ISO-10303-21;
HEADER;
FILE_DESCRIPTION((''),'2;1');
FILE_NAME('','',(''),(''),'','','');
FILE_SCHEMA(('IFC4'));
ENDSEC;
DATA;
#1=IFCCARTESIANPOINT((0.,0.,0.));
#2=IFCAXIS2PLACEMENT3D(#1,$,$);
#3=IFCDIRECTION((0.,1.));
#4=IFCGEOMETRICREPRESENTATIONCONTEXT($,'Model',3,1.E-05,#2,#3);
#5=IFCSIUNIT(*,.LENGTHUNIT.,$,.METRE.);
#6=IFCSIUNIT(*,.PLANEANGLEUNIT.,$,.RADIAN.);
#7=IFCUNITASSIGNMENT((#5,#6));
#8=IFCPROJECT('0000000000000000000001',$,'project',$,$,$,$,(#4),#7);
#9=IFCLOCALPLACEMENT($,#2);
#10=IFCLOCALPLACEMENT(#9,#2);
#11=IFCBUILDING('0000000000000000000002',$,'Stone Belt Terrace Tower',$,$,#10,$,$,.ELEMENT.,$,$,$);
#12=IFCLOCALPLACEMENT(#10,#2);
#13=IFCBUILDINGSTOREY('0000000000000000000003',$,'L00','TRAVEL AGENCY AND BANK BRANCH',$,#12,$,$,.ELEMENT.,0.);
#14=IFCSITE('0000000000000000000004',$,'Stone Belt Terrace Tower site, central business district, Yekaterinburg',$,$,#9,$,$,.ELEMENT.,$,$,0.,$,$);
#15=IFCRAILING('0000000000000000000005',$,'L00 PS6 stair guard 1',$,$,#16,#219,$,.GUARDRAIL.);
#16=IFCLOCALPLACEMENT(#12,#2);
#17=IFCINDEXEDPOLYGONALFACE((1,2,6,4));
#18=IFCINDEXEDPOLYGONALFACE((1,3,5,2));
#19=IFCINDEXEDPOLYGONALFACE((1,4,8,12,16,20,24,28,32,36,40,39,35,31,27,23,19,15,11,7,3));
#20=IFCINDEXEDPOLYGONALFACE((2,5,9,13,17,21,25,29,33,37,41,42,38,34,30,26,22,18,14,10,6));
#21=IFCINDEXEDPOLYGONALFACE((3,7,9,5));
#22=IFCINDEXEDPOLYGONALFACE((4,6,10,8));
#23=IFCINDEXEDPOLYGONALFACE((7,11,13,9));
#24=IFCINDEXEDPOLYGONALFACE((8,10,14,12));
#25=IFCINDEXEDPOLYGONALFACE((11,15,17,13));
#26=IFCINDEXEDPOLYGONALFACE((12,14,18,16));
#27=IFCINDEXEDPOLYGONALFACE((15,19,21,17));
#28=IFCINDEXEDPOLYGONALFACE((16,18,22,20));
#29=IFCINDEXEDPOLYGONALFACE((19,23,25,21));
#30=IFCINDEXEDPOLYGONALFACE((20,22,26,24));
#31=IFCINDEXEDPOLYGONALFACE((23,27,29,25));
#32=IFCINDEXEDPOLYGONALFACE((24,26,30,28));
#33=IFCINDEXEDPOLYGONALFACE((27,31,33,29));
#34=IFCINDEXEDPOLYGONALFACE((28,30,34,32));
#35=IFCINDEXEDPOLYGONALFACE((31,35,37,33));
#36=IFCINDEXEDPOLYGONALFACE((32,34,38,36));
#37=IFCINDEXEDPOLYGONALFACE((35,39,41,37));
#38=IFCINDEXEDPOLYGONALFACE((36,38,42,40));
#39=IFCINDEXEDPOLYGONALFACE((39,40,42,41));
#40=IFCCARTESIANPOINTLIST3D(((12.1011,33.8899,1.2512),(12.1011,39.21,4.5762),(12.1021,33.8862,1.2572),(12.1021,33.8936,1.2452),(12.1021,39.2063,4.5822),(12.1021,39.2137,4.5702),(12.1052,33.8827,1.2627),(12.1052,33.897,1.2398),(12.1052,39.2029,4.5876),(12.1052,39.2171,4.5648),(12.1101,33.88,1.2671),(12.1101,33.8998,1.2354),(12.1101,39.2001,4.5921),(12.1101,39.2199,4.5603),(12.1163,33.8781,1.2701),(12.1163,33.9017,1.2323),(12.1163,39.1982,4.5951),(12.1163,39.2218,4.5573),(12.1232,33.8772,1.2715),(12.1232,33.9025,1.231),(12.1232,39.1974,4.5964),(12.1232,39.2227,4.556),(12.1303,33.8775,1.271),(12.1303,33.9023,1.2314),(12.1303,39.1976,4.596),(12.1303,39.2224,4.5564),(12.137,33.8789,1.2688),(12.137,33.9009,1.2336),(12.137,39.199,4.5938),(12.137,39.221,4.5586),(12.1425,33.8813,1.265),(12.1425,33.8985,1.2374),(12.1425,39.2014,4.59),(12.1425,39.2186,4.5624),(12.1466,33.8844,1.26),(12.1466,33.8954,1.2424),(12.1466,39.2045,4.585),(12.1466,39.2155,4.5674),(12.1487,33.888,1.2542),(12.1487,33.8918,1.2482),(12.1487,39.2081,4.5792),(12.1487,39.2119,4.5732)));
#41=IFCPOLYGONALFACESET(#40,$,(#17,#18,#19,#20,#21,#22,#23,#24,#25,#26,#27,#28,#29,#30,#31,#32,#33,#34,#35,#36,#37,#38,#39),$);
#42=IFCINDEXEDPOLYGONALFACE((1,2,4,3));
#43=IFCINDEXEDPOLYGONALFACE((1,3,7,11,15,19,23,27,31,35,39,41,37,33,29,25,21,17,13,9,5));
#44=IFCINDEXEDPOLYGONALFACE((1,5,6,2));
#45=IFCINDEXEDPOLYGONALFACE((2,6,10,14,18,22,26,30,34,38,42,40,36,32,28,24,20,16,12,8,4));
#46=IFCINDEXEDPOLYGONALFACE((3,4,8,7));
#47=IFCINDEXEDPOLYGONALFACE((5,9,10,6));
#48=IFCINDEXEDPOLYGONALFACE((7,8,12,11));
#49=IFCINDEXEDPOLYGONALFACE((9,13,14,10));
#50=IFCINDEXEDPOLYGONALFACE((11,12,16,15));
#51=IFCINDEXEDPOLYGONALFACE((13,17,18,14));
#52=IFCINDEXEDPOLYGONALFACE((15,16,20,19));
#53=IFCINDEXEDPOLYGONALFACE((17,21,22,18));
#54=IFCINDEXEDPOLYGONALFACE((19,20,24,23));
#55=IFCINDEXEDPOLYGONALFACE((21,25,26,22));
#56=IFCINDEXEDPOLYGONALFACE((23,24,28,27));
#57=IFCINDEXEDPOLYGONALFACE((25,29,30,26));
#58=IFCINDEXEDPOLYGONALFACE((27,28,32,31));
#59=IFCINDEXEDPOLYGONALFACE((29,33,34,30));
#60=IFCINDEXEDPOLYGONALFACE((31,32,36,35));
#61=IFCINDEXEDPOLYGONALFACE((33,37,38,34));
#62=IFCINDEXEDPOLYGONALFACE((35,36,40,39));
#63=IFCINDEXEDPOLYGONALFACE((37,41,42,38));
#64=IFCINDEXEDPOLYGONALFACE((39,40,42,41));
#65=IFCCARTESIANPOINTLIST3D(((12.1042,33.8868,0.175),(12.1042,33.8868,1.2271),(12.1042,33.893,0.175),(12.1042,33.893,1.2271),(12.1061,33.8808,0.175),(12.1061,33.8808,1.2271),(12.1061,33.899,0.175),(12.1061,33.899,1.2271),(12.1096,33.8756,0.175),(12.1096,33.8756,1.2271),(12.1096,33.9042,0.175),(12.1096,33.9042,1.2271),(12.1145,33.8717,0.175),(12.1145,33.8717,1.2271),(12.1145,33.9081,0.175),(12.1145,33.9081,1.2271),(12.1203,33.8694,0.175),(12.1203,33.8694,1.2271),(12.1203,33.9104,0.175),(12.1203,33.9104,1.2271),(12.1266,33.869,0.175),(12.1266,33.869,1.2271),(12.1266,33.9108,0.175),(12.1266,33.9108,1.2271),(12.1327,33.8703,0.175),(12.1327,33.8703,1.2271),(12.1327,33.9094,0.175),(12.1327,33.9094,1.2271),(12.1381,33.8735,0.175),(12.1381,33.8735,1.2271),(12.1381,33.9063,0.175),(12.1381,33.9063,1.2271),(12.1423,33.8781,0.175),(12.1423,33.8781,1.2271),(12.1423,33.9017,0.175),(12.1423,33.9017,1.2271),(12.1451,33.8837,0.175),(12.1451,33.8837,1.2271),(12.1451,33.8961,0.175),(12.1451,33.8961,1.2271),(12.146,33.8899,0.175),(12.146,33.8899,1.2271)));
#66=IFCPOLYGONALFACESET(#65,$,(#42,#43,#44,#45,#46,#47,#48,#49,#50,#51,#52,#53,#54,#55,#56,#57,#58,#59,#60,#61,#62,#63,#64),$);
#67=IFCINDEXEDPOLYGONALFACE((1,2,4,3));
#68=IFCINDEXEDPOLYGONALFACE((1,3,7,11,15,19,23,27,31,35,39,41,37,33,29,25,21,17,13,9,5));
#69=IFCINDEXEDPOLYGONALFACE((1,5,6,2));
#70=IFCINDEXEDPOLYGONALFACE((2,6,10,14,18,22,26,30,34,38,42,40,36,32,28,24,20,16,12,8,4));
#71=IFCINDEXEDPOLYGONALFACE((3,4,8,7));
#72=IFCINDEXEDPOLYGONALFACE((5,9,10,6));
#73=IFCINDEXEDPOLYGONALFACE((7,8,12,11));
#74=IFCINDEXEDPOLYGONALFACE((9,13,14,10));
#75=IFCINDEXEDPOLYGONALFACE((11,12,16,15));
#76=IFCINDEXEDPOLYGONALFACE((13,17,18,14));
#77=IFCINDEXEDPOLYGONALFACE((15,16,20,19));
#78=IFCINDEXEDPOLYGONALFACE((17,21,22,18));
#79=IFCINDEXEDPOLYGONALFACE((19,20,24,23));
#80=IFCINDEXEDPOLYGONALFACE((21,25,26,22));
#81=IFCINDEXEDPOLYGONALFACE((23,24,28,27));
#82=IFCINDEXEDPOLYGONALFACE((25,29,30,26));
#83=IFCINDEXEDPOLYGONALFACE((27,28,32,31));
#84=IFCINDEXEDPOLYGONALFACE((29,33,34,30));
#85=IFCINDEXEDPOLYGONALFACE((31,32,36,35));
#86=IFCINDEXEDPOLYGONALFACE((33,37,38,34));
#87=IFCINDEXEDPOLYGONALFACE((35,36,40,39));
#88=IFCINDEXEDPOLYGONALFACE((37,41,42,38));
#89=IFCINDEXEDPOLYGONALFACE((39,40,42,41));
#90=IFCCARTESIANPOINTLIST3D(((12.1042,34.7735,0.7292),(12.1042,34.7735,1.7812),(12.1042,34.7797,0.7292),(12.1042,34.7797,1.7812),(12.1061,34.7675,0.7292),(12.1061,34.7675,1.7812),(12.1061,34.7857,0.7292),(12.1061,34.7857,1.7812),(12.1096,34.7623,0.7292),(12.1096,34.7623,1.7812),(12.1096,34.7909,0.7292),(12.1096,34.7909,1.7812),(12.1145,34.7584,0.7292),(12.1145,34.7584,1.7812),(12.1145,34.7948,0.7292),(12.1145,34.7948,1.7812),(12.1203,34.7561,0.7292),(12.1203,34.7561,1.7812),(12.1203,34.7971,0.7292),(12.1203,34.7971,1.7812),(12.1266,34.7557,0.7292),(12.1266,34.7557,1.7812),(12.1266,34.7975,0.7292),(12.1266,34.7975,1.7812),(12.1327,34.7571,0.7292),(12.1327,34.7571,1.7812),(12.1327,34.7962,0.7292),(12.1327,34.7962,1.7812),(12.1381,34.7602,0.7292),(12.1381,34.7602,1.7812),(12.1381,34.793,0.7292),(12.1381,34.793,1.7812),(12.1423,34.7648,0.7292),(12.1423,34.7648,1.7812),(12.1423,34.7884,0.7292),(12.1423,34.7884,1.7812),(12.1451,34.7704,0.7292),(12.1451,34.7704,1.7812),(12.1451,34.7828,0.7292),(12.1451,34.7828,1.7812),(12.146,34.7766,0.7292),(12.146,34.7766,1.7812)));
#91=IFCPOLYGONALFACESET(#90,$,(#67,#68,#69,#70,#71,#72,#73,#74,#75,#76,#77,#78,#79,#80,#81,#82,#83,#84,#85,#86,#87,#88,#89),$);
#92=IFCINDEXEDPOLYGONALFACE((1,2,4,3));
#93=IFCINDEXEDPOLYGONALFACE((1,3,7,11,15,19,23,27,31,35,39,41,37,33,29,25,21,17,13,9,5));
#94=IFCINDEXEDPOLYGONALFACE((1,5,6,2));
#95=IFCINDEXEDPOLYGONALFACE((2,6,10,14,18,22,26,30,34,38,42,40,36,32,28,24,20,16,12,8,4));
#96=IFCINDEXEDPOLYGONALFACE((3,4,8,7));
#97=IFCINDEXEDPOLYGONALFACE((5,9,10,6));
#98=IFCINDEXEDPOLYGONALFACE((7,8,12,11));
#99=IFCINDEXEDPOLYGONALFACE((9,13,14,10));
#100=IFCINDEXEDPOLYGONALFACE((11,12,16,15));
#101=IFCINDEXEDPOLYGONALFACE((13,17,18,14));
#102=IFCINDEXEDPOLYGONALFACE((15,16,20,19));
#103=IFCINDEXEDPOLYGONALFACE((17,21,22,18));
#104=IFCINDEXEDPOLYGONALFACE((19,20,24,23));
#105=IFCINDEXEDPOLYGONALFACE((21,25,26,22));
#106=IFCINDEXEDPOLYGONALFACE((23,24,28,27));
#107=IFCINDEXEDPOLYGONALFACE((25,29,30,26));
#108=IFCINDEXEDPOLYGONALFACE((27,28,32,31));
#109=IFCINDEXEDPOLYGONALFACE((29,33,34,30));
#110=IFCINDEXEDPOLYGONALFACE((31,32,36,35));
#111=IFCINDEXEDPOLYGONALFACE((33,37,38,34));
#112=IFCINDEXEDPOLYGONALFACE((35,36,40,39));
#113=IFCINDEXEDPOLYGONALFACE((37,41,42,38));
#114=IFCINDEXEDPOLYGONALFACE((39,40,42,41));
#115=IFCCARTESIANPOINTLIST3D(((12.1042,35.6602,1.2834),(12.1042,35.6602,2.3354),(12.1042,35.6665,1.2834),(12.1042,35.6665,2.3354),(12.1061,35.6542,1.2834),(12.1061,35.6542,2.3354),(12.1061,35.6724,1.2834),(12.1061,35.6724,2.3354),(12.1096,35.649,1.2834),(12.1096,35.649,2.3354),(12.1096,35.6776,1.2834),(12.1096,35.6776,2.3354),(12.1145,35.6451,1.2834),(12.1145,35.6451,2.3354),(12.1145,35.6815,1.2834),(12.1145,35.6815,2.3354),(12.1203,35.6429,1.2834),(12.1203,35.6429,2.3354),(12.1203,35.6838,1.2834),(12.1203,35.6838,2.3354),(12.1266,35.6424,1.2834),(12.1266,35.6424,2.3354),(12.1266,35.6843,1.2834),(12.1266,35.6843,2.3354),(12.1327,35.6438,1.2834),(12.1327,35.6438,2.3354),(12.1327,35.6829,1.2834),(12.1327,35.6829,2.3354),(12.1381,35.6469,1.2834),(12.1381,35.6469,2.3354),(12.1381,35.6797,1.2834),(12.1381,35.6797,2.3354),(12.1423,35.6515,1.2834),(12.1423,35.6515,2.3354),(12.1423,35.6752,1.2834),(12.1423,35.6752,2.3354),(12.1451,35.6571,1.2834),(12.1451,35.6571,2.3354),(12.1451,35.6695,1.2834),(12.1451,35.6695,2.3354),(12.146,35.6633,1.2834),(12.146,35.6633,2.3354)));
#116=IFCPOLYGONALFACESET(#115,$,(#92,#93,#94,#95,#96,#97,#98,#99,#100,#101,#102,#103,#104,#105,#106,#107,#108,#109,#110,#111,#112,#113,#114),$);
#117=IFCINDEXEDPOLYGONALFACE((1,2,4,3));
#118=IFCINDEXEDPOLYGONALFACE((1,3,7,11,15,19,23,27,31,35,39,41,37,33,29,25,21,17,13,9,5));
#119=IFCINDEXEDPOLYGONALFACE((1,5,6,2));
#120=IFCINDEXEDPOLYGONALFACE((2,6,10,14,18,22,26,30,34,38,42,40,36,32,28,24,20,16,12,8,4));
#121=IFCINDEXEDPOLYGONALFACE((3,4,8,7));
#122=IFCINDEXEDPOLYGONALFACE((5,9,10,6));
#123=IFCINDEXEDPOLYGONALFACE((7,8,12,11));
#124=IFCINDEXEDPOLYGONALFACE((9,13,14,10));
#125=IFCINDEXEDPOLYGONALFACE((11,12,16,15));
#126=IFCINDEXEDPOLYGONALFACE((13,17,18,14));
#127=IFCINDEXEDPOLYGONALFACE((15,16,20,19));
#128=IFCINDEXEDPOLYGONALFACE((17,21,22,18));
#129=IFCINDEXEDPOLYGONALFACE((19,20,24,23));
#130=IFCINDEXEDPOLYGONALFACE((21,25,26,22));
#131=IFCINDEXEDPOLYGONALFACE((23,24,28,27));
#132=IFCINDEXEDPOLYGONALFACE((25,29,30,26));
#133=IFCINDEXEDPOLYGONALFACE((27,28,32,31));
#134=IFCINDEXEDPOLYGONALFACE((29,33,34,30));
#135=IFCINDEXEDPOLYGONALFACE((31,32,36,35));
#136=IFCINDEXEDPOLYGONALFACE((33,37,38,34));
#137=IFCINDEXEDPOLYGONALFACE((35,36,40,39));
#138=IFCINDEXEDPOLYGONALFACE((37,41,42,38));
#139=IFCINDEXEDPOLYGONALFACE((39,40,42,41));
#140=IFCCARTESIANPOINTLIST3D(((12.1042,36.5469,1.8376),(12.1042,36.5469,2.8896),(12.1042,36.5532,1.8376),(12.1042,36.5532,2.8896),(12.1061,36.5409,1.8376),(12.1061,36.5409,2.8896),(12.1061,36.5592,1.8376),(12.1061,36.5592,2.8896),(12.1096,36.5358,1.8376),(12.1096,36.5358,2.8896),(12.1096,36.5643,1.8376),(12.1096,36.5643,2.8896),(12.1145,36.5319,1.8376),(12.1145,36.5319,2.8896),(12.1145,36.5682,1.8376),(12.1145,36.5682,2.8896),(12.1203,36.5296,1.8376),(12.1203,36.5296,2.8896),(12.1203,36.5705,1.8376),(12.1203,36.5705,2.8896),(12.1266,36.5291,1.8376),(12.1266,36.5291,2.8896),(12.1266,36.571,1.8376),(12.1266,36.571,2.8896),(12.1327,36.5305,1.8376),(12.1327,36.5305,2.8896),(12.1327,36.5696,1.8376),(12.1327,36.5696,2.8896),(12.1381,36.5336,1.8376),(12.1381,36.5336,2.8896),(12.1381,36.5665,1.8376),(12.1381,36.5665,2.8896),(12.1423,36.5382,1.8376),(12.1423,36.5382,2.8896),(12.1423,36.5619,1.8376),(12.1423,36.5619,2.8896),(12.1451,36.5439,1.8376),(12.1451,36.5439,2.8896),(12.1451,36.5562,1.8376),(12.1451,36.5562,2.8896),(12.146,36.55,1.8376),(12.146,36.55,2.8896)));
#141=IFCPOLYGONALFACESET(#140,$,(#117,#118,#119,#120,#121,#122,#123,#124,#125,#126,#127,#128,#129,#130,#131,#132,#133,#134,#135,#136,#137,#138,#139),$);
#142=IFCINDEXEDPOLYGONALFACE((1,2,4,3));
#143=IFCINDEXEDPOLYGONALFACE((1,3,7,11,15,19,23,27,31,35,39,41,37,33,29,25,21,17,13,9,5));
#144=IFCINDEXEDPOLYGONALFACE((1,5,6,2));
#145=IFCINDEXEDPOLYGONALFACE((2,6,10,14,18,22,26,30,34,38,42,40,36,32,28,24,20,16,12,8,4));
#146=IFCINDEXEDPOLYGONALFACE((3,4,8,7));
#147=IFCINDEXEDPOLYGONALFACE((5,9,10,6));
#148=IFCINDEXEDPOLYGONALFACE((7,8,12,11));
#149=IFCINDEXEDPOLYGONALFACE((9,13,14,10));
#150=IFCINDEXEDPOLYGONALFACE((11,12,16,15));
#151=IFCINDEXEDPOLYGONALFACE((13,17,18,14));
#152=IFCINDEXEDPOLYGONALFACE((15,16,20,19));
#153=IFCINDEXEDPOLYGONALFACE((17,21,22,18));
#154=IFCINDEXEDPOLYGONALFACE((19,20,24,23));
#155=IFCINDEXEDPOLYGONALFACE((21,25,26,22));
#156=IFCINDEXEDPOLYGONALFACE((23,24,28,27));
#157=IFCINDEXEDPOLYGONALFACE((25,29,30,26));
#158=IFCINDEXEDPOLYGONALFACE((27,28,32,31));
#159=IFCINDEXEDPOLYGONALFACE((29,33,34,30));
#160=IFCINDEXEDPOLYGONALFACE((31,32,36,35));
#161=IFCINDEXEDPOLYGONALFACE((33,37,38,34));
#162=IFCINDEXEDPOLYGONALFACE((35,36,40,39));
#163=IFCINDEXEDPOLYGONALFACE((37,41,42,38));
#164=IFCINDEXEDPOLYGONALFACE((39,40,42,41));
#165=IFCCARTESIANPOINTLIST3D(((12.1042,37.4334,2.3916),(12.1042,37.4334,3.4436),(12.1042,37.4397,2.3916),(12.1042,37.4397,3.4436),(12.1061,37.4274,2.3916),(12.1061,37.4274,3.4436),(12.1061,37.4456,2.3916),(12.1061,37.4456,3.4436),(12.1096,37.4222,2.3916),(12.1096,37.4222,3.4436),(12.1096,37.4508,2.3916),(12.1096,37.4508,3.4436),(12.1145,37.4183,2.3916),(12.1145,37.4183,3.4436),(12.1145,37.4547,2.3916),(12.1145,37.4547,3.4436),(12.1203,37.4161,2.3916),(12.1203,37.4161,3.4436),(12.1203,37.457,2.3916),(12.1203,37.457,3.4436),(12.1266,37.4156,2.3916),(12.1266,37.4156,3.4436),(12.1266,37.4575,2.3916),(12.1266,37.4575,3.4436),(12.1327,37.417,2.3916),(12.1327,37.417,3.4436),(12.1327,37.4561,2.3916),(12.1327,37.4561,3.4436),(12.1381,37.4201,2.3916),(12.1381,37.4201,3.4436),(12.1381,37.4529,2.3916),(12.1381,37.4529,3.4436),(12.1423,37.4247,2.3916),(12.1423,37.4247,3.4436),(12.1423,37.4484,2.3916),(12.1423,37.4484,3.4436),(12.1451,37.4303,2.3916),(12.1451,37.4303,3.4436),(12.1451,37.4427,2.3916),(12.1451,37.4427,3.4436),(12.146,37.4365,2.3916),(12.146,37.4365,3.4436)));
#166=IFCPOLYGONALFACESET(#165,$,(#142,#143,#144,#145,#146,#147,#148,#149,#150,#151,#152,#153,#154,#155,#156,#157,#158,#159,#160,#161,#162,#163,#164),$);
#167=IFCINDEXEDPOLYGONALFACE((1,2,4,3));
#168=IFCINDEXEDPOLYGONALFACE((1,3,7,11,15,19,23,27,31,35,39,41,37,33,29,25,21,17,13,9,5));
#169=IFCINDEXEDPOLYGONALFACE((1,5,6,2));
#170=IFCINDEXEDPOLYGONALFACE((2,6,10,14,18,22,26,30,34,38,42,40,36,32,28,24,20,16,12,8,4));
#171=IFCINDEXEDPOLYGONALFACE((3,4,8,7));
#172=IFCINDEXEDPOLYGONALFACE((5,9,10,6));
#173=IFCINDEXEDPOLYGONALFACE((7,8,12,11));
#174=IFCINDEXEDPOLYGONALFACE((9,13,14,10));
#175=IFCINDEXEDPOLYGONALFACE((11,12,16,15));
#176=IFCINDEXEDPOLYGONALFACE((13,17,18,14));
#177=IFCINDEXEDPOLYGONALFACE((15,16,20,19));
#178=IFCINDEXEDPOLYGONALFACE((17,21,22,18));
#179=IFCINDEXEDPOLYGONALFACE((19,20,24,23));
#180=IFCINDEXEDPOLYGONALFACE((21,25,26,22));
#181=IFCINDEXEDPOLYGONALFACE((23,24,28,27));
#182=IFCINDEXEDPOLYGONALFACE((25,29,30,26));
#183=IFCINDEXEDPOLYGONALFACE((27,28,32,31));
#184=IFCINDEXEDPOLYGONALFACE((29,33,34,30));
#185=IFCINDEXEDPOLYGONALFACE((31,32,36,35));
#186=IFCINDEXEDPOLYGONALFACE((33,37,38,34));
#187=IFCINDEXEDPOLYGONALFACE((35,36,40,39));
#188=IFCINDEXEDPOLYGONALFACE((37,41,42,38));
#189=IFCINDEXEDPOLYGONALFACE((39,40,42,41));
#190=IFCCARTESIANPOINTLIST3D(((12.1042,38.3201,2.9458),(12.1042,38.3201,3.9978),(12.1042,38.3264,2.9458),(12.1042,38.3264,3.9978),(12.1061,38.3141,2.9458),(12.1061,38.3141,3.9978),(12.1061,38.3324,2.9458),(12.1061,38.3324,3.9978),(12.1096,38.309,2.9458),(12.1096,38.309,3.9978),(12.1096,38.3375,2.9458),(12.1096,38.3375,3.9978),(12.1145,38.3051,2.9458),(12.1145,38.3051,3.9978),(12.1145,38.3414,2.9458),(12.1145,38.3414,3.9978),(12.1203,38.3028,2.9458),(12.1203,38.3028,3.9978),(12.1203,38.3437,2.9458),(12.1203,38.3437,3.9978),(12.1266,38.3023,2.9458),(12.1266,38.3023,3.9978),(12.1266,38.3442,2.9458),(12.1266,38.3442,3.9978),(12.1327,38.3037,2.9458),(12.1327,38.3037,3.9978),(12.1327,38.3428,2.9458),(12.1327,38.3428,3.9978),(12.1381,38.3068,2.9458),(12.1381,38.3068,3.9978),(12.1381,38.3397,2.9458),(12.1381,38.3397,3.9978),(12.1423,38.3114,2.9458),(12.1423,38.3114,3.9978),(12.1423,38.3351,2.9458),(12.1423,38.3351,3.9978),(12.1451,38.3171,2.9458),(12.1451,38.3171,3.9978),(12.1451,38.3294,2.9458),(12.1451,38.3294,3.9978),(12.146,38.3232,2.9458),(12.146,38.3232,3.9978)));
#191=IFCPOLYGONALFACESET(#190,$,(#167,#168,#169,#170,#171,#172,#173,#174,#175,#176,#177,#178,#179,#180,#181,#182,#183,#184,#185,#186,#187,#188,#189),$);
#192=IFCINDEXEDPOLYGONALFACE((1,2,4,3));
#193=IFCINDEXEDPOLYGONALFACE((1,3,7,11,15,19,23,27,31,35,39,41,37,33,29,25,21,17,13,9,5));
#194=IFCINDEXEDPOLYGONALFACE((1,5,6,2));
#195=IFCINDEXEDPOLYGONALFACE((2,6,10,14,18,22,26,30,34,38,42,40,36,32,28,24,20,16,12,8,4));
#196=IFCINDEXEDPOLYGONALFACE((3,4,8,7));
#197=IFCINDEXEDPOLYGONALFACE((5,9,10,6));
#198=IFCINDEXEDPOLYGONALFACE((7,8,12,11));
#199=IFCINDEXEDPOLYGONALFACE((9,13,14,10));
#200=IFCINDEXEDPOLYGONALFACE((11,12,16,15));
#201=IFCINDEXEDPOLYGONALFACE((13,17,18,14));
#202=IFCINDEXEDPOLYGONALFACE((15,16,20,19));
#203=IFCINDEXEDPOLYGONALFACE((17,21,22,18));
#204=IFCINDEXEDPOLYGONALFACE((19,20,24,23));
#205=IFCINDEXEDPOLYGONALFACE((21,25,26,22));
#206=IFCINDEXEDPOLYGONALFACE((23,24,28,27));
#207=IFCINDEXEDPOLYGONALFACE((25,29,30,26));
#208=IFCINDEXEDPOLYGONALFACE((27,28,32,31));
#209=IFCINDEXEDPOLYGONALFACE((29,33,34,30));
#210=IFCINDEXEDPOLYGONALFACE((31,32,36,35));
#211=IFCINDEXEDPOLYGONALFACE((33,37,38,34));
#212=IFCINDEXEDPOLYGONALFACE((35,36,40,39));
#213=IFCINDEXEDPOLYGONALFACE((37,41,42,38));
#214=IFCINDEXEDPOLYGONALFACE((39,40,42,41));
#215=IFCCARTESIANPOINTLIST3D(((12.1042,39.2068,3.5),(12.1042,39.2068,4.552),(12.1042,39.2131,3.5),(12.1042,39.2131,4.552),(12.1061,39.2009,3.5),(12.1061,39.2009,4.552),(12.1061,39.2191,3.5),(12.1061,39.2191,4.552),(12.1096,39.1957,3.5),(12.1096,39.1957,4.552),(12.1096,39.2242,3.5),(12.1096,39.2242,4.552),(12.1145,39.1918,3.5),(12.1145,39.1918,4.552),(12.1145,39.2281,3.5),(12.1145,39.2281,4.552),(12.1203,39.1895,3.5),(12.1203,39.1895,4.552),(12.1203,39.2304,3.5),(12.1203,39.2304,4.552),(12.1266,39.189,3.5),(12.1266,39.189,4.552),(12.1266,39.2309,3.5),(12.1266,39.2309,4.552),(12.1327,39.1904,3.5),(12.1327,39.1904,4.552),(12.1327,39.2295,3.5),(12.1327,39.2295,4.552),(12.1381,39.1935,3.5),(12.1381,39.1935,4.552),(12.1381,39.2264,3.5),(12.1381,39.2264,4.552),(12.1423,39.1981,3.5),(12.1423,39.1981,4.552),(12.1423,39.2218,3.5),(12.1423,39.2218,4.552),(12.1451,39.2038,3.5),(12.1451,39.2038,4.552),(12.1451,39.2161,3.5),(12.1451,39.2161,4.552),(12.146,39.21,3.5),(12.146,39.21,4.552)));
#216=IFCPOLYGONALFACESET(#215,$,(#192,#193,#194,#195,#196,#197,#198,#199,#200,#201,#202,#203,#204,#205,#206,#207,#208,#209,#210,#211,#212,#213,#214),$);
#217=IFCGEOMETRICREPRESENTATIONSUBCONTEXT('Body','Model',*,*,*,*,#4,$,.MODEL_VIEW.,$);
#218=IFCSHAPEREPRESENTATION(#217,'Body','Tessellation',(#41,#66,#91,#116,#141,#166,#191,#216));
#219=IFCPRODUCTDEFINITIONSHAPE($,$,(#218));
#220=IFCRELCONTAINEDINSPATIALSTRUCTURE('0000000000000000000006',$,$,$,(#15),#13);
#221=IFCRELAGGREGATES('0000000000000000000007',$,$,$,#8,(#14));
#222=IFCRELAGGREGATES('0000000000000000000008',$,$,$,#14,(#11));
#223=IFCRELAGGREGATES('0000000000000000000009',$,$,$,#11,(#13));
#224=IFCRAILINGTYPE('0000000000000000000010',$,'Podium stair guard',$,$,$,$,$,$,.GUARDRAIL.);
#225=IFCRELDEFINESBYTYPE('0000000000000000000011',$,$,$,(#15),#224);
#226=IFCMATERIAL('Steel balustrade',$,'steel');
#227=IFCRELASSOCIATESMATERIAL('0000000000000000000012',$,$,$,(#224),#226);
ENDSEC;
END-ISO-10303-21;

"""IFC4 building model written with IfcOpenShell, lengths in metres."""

from ifc_helpers import new_model, si_unit, direction, frame, origin, origin_2d, place, context, subcontext, project, spatial, circle, extrude, material, type_object, element, save


model = new_model("IFC4")

# Units and contexts
model_context = context("Model", 3, precision=1e-05, world=origin(), true_north=direction((0.0, 1.0)))
body_context = subcontext(model_context, "Body", "Model", "MODEL_VIEW")
ifc_project = project(units=[si_unit("LENGTHUNIT", "METRE"), si_unit("PLANEANGLEUNIT", "RADIAN")], contexts=[model_context])

# Site, building, storey
site_placement = place(None, origin())
site = spatial("IfcSite", under=ifc_project, at=site_placement, Name="Stone Belt Terrace Tower site, central business district, Yekaterinburg", CompositionType="ELEMENT", RefElevation=0.0)
building_placement = place(site_placement, origin())
building = spatial("IfcBuilding", under=site, at=building_placement, Name="Stone Belt Terrace Tower", CompositionType="ELEMENT")
storey_placement = place(building_placement, origin())
storey = spatial("IfcBuildingStorey", under=building, at=storey_placement, Name="L00", Description="TRAVEL AGENCY AND BANK BRANCH", CompositionType="ELEMENT", Elevation=0.0)

# Railing
ifc_material_1 = material(Name="Steel balustrade", Category="steel")
railing_type_1 = type_object("IfcRailingType", Name="Podium stair guard", PredefinedType="GUARDRAIL", material=ifc_material_1)
railing_1_placement = place(storey_placement, frame((12.125, 33.8899, 0.175)))
element("IfcRailing", 1, at=railing_1_placement, inside=storey, type_object=railing_type_1, Name="L00 PS6 stair guard 1", PredefinedType="GUARDRAIL", context=body_context, shape_type="SweptSolid", body=[
    extrude(circle(Radius=0.0239, at=origin_2d()), frame((0.0, 0.0, 1.0762), z_axis=(0.0, 0.848005, 0.529988), x_axis=(-1.0, 0.0, 0.0)), (0.0, 0.0, 1.0), 6.2737),
    extrude(circle(Radius=0.021, at=origin_2d()), origin(), (0.0, 0.0, 1.0), 1.052),
    extrude(circle(Radius=0.021, at=origin_2d()), frame((0.0, 0.8867, 0.5542)), (0.0, 0.0, 1.0), 1.052),
    extrude(circle(Radius=0.021, at=origin_2d()), frame((0.0, 1.7734, 1.1084)), (0.0, 0.0, 1.0), 1.052),
    extrude(circle(Radius=0.021, at=origin_2d()), frame((0.0, 2.6602, 1.6626)), (0.0, 0.0, 1.0), 1.052),
    extrude(circle(Radius=0.021, at=origin_2d()), frame((0.0, 3.5466, 2.2166)), (0.0, 0.0, 1.0), 1.052),
    extrude(circle(Radius=0.021, at=origin_2d()), frame((0.0, 4.4333, 2.7708)), (0.0, 0.0, 1.0), 1.052),
    extrude(circle(Radius=0.021, at=origin_2d()), frame((0.0, 5.3201, 3.325)), (0.0, 0.0, 1.0), 1.052),
])

save(model, "model.ifc")
